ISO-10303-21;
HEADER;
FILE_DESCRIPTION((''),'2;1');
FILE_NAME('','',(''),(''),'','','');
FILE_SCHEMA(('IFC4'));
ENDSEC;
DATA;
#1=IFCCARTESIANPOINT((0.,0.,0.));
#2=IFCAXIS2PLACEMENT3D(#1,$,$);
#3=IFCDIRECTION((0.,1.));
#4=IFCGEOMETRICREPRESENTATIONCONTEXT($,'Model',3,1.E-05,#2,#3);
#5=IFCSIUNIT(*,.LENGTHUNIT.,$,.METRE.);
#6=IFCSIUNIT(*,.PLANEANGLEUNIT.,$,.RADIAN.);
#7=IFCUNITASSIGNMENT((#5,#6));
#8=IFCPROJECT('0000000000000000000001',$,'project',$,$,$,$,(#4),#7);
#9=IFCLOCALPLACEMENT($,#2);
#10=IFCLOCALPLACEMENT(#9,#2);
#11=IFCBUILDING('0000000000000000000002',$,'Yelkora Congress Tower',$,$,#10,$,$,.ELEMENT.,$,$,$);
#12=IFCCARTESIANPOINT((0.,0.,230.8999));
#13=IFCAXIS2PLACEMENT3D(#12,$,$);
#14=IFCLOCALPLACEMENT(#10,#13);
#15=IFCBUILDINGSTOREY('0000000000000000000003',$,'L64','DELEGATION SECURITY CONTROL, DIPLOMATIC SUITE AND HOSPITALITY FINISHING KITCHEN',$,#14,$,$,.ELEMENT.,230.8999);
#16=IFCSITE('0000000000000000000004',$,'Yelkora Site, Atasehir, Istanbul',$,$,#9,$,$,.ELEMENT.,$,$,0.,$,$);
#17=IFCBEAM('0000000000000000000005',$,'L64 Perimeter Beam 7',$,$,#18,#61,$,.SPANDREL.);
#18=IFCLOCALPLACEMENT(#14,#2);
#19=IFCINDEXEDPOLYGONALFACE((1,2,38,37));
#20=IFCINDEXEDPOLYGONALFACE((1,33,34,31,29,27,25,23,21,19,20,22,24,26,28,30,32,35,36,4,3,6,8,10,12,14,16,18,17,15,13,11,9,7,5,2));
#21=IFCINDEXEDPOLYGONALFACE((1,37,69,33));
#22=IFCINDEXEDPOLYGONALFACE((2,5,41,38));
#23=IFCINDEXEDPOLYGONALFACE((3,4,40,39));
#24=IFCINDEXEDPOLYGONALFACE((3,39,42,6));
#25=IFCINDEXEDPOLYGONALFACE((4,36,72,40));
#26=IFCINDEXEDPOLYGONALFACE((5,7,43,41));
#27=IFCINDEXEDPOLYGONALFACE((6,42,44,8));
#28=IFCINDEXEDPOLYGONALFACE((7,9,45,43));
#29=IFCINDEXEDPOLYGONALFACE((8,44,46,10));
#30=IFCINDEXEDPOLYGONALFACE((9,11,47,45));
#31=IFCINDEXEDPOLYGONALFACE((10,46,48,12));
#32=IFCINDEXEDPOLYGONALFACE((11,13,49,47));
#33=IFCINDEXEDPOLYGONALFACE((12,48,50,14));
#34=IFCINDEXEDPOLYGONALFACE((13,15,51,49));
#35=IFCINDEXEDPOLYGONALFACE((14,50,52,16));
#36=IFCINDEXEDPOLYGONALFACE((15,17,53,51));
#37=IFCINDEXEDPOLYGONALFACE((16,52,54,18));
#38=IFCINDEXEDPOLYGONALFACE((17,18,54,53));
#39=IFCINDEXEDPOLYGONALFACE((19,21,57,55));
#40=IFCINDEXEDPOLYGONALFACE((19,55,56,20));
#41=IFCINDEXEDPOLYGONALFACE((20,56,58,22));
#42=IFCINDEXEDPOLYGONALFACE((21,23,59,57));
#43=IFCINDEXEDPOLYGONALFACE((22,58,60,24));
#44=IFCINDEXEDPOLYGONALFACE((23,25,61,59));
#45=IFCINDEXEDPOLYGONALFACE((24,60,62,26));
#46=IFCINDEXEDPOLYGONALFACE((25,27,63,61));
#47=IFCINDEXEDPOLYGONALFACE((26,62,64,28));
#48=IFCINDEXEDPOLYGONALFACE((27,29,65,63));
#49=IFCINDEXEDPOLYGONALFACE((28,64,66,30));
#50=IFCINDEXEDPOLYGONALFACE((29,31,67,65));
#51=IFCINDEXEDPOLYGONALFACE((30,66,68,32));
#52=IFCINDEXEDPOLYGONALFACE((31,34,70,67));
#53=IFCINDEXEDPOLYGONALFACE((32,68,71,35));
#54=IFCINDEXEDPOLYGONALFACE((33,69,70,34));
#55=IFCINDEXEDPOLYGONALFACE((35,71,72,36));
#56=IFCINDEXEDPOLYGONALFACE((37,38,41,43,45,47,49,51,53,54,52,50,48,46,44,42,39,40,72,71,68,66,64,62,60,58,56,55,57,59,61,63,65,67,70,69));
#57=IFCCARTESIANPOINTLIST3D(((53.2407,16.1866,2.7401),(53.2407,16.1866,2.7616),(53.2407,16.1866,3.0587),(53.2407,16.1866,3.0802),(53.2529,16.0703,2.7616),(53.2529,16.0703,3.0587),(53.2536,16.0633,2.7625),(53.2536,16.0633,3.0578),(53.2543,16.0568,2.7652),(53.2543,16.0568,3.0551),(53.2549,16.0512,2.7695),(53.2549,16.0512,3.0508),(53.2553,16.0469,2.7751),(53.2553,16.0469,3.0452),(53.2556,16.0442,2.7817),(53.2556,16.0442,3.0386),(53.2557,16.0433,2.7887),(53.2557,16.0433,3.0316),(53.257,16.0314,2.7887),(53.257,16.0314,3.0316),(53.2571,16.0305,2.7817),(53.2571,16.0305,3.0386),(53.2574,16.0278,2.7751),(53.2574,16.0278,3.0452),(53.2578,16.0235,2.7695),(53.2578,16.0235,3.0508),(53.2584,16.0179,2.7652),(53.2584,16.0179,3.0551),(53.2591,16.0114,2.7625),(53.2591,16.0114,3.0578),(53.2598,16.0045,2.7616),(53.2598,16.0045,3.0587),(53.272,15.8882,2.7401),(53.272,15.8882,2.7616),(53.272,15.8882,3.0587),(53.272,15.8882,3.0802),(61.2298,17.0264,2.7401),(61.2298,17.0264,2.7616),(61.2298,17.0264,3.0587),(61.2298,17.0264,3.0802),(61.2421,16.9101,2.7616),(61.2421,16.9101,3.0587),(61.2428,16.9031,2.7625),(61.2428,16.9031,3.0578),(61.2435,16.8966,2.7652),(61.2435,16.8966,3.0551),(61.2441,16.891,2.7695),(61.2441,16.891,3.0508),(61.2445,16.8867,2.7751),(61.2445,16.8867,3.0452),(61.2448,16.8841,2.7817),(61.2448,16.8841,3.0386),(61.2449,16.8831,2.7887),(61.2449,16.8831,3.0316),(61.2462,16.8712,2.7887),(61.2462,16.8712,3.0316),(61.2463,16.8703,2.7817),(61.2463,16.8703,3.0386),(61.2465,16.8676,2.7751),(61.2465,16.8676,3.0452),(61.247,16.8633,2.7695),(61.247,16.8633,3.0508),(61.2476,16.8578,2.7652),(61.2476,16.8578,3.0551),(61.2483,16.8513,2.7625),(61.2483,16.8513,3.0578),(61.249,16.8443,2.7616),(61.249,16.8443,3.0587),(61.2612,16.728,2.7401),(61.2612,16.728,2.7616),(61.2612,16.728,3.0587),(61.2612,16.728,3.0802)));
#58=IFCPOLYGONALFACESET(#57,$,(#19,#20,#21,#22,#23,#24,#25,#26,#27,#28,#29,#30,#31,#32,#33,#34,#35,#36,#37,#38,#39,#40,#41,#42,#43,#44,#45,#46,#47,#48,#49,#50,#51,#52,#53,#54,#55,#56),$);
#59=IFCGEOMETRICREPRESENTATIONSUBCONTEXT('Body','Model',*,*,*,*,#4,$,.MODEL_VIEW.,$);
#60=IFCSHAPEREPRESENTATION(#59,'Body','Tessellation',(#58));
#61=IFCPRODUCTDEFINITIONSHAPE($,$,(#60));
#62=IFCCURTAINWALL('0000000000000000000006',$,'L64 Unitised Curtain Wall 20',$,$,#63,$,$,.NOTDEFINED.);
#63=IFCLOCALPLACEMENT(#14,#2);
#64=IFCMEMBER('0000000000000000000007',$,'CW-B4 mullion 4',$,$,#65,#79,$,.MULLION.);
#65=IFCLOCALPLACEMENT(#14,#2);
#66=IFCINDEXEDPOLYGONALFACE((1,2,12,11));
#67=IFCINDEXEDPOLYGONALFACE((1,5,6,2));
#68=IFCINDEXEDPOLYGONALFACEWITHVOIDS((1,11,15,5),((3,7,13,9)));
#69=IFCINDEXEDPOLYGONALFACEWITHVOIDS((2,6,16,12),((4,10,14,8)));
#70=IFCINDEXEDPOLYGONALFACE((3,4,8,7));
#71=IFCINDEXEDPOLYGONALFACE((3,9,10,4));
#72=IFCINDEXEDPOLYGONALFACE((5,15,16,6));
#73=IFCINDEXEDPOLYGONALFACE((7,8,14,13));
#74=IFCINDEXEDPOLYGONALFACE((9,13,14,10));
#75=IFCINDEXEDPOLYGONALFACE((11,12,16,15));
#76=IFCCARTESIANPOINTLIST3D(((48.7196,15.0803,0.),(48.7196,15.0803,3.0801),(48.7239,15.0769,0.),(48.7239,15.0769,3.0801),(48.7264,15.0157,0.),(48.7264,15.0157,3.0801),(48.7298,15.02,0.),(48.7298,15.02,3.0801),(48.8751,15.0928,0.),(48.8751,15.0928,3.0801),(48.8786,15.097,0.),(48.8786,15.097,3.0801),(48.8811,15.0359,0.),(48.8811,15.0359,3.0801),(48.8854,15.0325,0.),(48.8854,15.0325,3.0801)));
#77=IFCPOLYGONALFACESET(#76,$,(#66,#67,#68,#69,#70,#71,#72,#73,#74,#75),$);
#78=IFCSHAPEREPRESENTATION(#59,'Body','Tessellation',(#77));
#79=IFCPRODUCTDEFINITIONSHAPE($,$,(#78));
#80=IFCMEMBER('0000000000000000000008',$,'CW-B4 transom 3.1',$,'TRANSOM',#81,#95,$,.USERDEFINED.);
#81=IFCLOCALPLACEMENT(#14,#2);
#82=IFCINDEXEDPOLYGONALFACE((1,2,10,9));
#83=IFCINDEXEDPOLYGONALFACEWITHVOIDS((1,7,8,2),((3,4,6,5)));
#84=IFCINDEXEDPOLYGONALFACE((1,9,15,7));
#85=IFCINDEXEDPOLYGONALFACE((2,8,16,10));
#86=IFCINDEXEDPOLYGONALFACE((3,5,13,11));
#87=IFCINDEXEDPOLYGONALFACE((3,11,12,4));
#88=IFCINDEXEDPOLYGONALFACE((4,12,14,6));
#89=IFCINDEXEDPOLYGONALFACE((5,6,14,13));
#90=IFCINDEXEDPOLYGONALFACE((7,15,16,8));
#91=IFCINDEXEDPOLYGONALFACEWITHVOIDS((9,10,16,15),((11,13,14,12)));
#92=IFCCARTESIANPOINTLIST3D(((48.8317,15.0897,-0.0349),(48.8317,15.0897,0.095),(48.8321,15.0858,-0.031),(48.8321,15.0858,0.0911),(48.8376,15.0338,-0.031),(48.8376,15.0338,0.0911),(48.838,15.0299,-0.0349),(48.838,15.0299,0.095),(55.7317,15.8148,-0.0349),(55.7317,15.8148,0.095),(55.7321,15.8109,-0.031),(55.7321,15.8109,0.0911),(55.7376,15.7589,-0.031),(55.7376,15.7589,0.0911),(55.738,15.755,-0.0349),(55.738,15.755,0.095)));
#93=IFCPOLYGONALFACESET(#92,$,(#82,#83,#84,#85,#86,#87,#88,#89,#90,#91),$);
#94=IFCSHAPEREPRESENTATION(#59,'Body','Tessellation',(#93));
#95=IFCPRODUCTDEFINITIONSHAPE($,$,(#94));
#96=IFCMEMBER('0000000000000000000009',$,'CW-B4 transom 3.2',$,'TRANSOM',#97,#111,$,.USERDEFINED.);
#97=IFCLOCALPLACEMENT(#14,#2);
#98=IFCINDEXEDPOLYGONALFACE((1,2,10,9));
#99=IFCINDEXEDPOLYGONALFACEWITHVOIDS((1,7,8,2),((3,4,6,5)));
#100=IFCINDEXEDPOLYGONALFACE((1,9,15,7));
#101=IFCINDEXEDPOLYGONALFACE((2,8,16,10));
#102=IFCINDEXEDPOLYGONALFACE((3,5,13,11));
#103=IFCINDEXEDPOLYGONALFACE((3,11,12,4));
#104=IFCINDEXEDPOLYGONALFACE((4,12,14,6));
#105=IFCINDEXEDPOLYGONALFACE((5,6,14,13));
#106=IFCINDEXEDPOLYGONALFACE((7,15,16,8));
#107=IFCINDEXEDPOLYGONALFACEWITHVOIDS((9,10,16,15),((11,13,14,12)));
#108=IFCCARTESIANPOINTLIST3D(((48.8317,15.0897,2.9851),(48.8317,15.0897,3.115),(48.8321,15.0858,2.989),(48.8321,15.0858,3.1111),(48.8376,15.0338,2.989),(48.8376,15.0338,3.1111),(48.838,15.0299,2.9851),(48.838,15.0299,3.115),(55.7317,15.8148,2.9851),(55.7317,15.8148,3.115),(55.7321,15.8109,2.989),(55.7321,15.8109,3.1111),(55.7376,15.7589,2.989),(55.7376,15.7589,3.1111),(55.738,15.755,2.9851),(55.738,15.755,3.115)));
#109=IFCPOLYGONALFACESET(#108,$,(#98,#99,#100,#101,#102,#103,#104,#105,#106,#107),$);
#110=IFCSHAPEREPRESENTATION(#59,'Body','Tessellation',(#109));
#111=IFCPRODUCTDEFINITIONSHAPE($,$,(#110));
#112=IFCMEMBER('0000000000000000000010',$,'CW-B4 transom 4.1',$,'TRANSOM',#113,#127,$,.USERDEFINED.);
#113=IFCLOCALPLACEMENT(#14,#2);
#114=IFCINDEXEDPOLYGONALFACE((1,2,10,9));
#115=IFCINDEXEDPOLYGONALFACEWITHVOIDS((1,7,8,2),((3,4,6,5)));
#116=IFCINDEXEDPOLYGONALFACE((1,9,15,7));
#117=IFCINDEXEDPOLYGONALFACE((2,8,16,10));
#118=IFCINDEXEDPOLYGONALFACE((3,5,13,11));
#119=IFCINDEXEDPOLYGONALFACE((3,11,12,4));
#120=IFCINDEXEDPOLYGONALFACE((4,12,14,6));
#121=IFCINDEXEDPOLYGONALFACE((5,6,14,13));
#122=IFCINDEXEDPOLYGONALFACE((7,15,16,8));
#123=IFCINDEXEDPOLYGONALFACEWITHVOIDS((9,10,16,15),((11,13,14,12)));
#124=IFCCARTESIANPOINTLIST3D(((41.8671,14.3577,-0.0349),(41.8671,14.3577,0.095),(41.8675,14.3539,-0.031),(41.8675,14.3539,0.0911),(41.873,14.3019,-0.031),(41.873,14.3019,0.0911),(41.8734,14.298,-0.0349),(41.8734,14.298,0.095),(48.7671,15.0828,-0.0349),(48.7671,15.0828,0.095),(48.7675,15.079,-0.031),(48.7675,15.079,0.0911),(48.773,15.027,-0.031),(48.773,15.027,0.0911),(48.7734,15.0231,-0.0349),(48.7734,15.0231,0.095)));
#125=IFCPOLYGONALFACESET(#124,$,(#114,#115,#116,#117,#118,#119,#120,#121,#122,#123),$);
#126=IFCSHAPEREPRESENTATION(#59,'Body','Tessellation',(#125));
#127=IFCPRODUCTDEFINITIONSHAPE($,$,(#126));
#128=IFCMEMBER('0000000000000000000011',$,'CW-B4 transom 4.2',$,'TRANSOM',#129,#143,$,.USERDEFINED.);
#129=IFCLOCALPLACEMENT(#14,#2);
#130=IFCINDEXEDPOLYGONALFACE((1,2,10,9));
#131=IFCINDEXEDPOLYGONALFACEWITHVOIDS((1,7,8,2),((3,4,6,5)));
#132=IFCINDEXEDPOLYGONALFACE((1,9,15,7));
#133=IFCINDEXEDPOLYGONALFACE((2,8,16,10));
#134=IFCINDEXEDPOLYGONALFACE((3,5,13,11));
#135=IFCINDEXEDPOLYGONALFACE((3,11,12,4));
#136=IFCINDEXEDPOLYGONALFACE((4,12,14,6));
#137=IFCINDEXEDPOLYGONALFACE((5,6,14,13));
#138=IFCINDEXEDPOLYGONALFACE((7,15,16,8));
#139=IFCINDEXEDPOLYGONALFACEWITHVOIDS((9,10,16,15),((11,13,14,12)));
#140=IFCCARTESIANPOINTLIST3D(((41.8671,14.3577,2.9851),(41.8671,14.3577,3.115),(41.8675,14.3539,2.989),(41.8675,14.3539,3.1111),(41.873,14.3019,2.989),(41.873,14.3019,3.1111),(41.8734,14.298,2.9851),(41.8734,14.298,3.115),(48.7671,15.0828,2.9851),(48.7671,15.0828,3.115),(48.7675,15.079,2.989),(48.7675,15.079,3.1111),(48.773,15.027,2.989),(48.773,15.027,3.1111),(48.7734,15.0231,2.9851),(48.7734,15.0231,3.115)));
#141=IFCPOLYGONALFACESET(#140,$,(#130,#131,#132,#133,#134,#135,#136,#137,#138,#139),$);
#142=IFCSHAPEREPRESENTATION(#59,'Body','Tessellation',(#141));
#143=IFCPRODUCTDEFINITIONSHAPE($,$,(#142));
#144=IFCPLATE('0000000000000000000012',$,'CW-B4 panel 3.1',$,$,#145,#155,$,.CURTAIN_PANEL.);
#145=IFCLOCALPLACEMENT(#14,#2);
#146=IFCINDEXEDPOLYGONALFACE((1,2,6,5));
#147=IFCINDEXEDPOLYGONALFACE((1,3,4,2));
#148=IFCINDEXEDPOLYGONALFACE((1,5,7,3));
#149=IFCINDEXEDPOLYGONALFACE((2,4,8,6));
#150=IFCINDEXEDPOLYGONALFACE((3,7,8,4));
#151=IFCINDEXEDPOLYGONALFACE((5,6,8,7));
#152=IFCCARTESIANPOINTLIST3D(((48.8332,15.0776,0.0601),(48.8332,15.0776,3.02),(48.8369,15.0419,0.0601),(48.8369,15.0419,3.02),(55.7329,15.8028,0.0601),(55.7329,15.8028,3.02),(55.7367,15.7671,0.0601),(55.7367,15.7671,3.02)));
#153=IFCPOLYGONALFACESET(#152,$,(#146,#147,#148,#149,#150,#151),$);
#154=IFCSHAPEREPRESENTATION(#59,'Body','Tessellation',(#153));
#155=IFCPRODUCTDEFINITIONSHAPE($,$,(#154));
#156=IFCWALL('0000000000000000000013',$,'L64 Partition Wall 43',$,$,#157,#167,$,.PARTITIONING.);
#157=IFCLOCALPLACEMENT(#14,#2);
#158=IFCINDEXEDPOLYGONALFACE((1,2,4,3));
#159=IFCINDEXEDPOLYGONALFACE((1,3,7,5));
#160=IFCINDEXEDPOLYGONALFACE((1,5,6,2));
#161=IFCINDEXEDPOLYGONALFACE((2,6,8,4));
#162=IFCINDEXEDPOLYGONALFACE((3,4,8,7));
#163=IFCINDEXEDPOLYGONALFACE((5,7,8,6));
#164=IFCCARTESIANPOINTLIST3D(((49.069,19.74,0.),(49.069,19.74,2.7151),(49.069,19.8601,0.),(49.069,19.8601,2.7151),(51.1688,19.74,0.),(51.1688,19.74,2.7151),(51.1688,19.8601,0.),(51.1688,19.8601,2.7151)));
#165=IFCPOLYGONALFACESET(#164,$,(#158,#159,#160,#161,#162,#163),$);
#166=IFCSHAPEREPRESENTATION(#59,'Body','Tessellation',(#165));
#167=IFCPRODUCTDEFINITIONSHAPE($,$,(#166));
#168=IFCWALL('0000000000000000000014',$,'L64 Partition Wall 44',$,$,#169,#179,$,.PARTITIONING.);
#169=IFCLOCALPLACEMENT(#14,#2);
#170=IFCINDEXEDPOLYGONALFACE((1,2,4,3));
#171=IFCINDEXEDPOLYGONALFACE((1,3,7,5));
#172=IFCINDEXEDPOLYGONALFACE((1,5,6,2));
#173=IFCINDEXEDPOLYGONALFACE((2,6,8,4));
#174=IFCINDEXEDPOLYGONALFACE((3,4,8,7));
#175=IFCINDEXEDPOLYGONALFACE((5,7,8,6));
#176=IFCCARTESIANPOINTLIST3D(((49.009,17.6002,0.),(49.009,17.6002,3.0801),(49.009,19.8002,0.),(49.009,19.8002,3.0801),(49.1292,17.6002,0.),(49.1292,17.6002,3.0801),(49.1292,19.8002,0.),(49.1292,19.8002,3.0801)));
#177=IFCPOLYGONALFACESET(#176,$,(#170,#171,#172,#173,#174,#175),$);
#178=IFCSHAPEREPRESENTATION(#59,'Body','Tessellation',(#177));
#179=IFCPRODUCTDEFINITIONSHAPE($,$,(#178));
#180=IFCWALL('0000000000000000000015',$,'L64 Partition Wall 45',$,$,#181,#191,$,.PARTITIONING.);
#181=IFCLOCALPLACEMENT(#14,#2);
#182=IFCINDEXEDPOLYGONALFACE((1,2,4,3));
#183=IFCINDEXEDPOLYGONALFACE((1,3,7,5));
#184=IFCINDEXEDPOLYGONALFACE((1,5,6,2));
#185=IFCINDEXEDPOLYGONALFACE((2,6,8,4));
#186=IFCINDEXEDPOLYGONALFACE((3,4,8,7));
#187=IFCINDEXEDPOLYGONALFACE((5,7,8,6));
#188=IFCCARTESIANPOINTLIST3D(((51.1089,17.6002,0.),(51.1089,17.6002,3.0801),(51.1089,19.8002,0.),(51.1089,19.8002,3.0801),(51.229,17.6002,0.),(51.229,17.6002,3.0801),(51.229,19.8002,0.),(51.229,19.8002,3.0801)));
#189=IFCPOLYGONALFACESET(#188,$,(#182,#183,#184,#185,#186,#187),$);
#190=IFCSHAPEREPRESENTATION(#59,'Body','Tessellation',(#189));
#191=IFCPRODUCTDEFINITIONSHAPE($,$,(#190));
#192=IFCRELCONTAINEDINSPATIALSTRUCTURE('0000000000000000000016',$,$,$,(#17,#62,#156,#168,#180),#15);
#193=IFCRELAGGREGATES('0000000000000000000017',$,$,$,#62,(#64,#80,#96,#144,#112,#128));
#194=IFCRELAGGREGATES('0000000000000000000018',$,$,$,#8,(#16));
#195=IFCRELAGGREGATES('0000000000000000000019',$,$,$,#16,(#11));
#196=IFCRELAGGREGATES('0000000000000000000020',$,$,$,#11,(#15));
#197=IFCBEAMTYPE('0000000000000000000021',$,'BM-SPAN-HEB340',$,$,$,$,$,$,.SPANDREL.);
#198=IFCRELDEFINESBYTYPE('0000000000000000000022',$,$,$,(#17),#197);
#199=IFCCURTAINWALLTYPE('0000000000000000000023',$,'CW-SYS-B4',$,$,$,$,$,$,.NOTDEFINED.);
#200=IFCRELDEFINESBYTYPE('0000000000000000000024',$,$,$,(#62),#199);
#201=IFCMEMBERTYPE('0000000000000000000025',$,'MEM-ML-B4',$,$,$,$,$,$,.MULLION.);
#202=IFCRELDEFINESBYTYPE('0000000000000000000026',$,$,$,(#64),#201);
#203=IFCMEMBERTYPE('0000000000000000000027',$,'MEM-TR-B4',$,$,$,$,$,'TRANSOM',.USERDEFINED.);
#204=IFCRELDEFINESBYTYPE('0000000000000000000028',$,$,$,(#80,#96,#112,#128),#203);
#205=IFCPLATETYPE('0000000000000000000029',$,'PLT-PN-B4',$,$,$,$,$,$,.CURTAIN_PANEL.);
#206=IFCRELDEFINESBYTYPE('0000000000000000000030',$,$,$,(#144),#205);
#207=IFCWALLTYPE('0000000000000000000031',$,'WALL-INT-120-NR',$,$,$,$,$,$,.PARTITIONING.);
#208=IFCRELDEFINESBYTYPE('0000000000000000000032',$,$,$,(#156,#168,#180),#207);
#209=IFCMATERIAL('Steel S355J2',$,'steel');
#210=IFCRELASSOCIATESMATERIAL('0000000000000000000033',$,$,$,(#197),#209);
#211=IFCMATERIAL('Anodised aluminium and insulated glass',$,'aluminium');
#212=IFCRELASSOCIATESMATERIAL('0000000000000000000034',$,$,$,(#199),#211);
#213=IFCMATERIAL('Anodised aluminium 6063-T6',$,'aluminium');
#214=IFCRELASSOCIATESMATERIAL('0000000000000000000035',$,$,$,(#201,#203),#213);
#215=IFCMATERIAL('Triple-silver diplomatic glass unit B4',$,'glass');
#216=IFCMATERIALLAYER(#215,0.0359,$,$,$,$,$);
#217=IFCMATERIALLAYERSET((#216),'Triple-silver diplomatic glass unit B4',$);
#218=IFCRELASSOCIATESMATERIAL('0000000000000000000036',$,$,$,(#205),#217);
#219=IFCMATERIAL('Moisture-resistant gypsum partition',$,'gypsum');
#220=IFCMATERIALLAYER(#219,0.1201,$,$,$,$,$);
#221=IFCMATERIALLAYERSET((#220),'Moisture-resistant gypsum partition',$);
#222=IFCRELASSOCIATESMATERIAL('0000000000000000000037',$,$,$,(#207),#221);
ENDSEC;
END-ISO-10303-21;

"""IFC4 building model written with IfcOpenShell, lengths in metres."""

from ifc_helpers import new_model, si_unit, direction, frame, frame_2d, origin, origin_2d, place, context, subcontext, project, spatial, rectangle, hollow_rectangle, i_section, extrude, material, layer, layer_set, material_profile, profile_set, type_object, element, aggregate, save


model = new_model("IFC4")

# Units and contexts
model_context = context("Model", 3, precision=1e-05, world=origin(), true_north=direction((0.0, 1.0)))
body_context = subcontext(model_context, "Body", "Model", "MODEL_VIEW")
ifc_project = project(units=[si_unit("LENGTHUNIT", "METRE"), si_unit("PLANEANGLEUNIT", "RADIAN")], contexts=[model_context])

# Site, building, storey
site_placement = place(None, origin())
site = spatial("IfcSite", under=ifc_project, at=site_placement, Name="Yelkora Site, Atasehir, Istanbul", CompositionType="ELEMENT", RefElevation=0.0)
building_placement = place(site_placement, origin())
building = spatial("IfcBuilding", under=site, at=building_placement, Name="Yelkora Congress Tower", CompositionType="ELEMENT")
storey_placement = place(building_placement, frame((0.0, 0.0, 230.8999)))
storey = spatial("IfcBuildingStorey", under=building, at=storey_placement, Name="L64", Description="DELEGATION SECURITY CONTROL, DIPLOMATIC SUITE AND HOSPITALITY FINISHING KITCHEN", CompositionType="ELEMENT", Elevation=230.8999)

# Shared definitions
ifc_material_1 = material(Name="Steel S355J2", Category="steel")

# Beam
ifc_material_profile_1 = material_profile(ifc_material_1, i_section(OverallWidth=0.3, OverallDepth=0.3401, WebThickness=0.012, FlangeThickness=0.0215, FilletRadius=0.0271, at=origin_2d()), Name="HEB 340")
ifc_profile_set_1 = profile_set([ifc_material_profile_1], Name="Steel S355J2")
beam_type_1 = type_object("IfcBeamType", Name="BM-SPAN-HEB340", PredefinedType="SPANDREL", material=ifc_profile_set_1)
beam_1_placement = place(storey_placement, frame((53.2563, 16.0374, 2.9102), z_axis=(0.99452, 0.104546, 0.0), x_axis=(-0.104546, 0.99452, 0.0)))
element("IfcBeam", 1, at=beam_1_placement, inside=storey, type_object=beam_type_1, Name="L64 Perimeter Beam 7", PredefinedType="SPANDREL", context=body_context, shape_type="SweptSolid", body=[
    extrude(i_section(OverallWidth=0.3, OverallDepth=0.3401, WebThickness=0.012, FlangeThickness=0.0215, FilletRadius=0.0271, at=origin_2d()), origin(), (0.0, 0.0, 1.0), 8.0332),
])

# Curtain wall, members, plate
ifc_material_2 = material(Name="Anodised aluminium and insulated glass", Category="aluminium")
curtain_wall_type = type_object("IfcCurtainWallType", Name="CW-SYS-B4", PredefinedType="NOTDEFINED", material=ifc_material_2)
curtain_wall_placement = place(storey_placement, origin())
curtain_wall = element("IfcCurtainWall", 2, at=curtain_wall_placement, inside=storey, type_object=curtain_wall_type, Name="L64 Unitised Curtain Wall 20", PredefinedType="NOTDEFINED")
ifc_material_3 = material(Name="Anodised aluminium 6063-T6", Category="aluminium")
ifc_material_profile_2 = material_profile(ifc_material_3, hollow_rectangle(XDim=0.0649, YDim=0.1599, WallThickness=0.0039, at=origin_2d()), Name="ALU 65x160x4")
ifc_profile_set_2 = profile_set([ifc_material_profile_2], Name="Anodised aluminium 6063-T6")
member_type_1 = type_object("IfcMemberType", Name="MEM-ML-B4", PredefinedType="MULLION", material=ifc_profile_set_2)
member_1_placement = place(storey_placement, frame((48.8025, 15.0564, 0.0), z_axis=(0.0, 0.0, 1.0), x_axis=(0.104527, -0.994522, 0.0)))
member_1 = element("IfcMember", 3, at=member_1_placement, type_object=member_type_1, Name="CW-B4 mullion 4", PredefinedType="MULLION", context=body_context, shape_type="SweptSolid", body=[
    extrude(hollow_rectangle(XDim=0.0649, YDim=0.1599, WallThickness=0.0039, at=origin_2d()), origin(), (0.0, 0.0, 1.0), 3.0801),
])
ifc_material_profile_3 = material_profile(ifc_material_3, hollow_rectangle(XDim=0.0601, YDim=0.1299, WallThickness=0.0039, at=origin_2d()), Name="ALU 60x130x4")
ifc_profile_set_3 = profile_set([ifc_material_profile_3], Name="Anodised aluminium 6063-T6")
member_type_2 = type_object("IfcMemberType", Name="MEM-TR-B4", ElementType="TRANSOM", PredefinedType="USERDEFINED", material=ifc_profile_set_3)
member_2_placement = place(storey_placement, frame((55.7349, 15.7849, 0.03), z_axis=(-0.994524, -0.104513, 0.0), x_axis=(0.104513, -0.994524, 0.0)))
member_2 = element("IfcMember", 4, at=member_2_placement, type_object=member_type_2, Name="CW-B4 transom 3.1", ObjectType="TRANSOM", PredefinedType="USERDEFINED", context=body_context, shape_type="SweptSolid", body=[
    extrude(hollow_rectangle(XDim=0.0601, YDim=0.1299, WallThickness=0.0039, at=origin_2d()), origin(), (0.0, 0.0, 1.0), 6.938),
])
member_3_placement = place(storey_placement, frame((55.7349, 15.7849, 3.05), z_axis=(-0.994524, -0.104513, 0.0), x_axis=(0.104513, -0.994524, 0.0)))
member_3 = element("IfcMember", 5, at=member_3_placement, type_object=member_type_2, Name="CW-B4 transom 3.2", ObjectType="TRANSOM", PredefinedType="USERDEFINED", context=body_context, shape_type="SweptSolid", body=[
    extrude(hollow_rectangle(XDim=0.0601, YDim=0.1299, WallThickness=0.0039, at=origin_2d()), origin(), (0.0, 0.0, 1.0), 6.938),
])
member_4_placement = place(storey_placement, frame((48.7703, 15.053, 0.03), z_axis=(-0.994524, -0.104513, 0.0), x_axis=(0.104513, -0.994524, 0.0)))
member_4 = element("IfcMember", 6, at=member_4_placement, type_object=member_type_2, Name="CW-B4 transom 4.1", ObjectType="TRANSOM", PredefinedType="USERDEFINED", context=body_context, shape_type="SweptSolid", body=[
    extrude(hollow_rectangle(XDim=0.0601, YDim=0.1299, WallThickness=0.0039, at=origin_2d()), origin(), (0.0, 0.0, 1.0), 6.938),
])
member_5_placement = place(storey_placement, frame((48.7703, 15.053, 3.05), z_axis=(-0.994524, -0.104513, 0.0), x_axis=(0.104513, -0.994524, 0.0)))
member_5 = element("IfcMember", 7, at=member_5_placement, type_object=member_type_2, Name="CW-B4 transom 4.2", ObjectType="TRANSOM", PredefinedType="USERDEFINED", context=body_context, shape_type="SweptSolid", body=[
    extrude(hollow_rectangle(XDim=0.0601, YDim=0.1299, WallThickness=0.0039, at=origin_2d()), origin(), (0.0, 0.0, 1.0), 6.938),
])
ifc_material_4 = material(Name="Triple-silver diplomatic glass unit B4", Category="glass")
ifc_layer_1 = layer(ifc_material_4, 0.0359)
ifc_layer_set_1 = layer_set([ifc_layer_1], Name="Triple-silver diplomatic glass unit B4")
plate_type = type_object("IfcPlateType", Name="PLT-PN-B4", PredefinedType="CURTAIN_PANEL", material=ifc_layer_set_1)
plate_placement = place(storey_placement, frame((52.2849, 15.4224, 0.0601), z_axis=(0.0, 0.0, 1.0), x_axis=(-0.994522, -0.104527, 0.0)))
plate = element("IfcPlate", 8, at=plate_placement, type_object=plate_type, Name="CW-B4 panel 3.1", PredefinedType="CURTAIN_PANEL", context=body_context, shape_type="SweptSolid", body=[
    extrude(rectangle(XDim=6.9377, YDim=0.0359, at=origin_2d()), origin(), (0.0, 0.0, 1.0), 2.96),
])
aggregate(curtain_wall, [member_1, member_2, member_3, plate, member_4, member_5])

# Walls
ifc_material_5 = material(Name="Moisture-resistant gypsum partition", Category="gypsum")
ifc_layer_2 = layer(ifc_material_5, 0.1201)
ifc_layer_set_2 = layer_set([ifc_layer_2], Name="Moisture-resistant gypsum partition")
wall_type_1 = type_object("IfcWallType", Name="WALL-INT-120-NR", PredefinedType="PARTITIONING", material=ifc_layer_set_2)
wall_1_placement = place(storey_placement, frame((49.0691, 19.8, 0.0), z_axis=(0.0, 0.0, 1.0), x_axis=(1.0, 0.0, 0.0)))
element("IfcWall", 9, at=wall_1_placement, inside=storey, type_object=wall_type_1, Name="L64 Partition Wall 43", PredefinedType="PARTITIONING", context=body_context, shape_type="SweptSolid", body=[
    extrude(rectangle(XDim=2.0999, YDim=0.1201, at=frame_2d((1.0498, 0.0))), origin(), (0.0, 0.0, 1.0), 2.7151),
])
for number, where, z_axis, x_axis, name in (
    (10, (49.0691, 17.6001, 0.0), (0.0, 0.0, 1.0), (0.0, 1.0, 0.0), "L64 Partition Wall 44"),
    (11, (51.1689, 17.6001, 0.0), (0.0, 0.0, 1.0), (0.0, 1.0, 0.0), "L64 Partition Wall 45"),
):
    element("IfcWall", number, at=place(storey_placement, frame(where, z_axis=z_axis, x_axis=x_axis)), inside=storey, type_object=wall_type_1, Name=name, PredefinedType="PARTITIONING", context=body_context, shape_type="SweptSolid", body=[
        extrude(rectangle(XDim=2.2, YDim=0.1201, at=frame_2d((1.1001, 0.0))), origin(), (0.0, 0.0, 1.0), 3.0801),
    ])

save(model, "model.ifc")
